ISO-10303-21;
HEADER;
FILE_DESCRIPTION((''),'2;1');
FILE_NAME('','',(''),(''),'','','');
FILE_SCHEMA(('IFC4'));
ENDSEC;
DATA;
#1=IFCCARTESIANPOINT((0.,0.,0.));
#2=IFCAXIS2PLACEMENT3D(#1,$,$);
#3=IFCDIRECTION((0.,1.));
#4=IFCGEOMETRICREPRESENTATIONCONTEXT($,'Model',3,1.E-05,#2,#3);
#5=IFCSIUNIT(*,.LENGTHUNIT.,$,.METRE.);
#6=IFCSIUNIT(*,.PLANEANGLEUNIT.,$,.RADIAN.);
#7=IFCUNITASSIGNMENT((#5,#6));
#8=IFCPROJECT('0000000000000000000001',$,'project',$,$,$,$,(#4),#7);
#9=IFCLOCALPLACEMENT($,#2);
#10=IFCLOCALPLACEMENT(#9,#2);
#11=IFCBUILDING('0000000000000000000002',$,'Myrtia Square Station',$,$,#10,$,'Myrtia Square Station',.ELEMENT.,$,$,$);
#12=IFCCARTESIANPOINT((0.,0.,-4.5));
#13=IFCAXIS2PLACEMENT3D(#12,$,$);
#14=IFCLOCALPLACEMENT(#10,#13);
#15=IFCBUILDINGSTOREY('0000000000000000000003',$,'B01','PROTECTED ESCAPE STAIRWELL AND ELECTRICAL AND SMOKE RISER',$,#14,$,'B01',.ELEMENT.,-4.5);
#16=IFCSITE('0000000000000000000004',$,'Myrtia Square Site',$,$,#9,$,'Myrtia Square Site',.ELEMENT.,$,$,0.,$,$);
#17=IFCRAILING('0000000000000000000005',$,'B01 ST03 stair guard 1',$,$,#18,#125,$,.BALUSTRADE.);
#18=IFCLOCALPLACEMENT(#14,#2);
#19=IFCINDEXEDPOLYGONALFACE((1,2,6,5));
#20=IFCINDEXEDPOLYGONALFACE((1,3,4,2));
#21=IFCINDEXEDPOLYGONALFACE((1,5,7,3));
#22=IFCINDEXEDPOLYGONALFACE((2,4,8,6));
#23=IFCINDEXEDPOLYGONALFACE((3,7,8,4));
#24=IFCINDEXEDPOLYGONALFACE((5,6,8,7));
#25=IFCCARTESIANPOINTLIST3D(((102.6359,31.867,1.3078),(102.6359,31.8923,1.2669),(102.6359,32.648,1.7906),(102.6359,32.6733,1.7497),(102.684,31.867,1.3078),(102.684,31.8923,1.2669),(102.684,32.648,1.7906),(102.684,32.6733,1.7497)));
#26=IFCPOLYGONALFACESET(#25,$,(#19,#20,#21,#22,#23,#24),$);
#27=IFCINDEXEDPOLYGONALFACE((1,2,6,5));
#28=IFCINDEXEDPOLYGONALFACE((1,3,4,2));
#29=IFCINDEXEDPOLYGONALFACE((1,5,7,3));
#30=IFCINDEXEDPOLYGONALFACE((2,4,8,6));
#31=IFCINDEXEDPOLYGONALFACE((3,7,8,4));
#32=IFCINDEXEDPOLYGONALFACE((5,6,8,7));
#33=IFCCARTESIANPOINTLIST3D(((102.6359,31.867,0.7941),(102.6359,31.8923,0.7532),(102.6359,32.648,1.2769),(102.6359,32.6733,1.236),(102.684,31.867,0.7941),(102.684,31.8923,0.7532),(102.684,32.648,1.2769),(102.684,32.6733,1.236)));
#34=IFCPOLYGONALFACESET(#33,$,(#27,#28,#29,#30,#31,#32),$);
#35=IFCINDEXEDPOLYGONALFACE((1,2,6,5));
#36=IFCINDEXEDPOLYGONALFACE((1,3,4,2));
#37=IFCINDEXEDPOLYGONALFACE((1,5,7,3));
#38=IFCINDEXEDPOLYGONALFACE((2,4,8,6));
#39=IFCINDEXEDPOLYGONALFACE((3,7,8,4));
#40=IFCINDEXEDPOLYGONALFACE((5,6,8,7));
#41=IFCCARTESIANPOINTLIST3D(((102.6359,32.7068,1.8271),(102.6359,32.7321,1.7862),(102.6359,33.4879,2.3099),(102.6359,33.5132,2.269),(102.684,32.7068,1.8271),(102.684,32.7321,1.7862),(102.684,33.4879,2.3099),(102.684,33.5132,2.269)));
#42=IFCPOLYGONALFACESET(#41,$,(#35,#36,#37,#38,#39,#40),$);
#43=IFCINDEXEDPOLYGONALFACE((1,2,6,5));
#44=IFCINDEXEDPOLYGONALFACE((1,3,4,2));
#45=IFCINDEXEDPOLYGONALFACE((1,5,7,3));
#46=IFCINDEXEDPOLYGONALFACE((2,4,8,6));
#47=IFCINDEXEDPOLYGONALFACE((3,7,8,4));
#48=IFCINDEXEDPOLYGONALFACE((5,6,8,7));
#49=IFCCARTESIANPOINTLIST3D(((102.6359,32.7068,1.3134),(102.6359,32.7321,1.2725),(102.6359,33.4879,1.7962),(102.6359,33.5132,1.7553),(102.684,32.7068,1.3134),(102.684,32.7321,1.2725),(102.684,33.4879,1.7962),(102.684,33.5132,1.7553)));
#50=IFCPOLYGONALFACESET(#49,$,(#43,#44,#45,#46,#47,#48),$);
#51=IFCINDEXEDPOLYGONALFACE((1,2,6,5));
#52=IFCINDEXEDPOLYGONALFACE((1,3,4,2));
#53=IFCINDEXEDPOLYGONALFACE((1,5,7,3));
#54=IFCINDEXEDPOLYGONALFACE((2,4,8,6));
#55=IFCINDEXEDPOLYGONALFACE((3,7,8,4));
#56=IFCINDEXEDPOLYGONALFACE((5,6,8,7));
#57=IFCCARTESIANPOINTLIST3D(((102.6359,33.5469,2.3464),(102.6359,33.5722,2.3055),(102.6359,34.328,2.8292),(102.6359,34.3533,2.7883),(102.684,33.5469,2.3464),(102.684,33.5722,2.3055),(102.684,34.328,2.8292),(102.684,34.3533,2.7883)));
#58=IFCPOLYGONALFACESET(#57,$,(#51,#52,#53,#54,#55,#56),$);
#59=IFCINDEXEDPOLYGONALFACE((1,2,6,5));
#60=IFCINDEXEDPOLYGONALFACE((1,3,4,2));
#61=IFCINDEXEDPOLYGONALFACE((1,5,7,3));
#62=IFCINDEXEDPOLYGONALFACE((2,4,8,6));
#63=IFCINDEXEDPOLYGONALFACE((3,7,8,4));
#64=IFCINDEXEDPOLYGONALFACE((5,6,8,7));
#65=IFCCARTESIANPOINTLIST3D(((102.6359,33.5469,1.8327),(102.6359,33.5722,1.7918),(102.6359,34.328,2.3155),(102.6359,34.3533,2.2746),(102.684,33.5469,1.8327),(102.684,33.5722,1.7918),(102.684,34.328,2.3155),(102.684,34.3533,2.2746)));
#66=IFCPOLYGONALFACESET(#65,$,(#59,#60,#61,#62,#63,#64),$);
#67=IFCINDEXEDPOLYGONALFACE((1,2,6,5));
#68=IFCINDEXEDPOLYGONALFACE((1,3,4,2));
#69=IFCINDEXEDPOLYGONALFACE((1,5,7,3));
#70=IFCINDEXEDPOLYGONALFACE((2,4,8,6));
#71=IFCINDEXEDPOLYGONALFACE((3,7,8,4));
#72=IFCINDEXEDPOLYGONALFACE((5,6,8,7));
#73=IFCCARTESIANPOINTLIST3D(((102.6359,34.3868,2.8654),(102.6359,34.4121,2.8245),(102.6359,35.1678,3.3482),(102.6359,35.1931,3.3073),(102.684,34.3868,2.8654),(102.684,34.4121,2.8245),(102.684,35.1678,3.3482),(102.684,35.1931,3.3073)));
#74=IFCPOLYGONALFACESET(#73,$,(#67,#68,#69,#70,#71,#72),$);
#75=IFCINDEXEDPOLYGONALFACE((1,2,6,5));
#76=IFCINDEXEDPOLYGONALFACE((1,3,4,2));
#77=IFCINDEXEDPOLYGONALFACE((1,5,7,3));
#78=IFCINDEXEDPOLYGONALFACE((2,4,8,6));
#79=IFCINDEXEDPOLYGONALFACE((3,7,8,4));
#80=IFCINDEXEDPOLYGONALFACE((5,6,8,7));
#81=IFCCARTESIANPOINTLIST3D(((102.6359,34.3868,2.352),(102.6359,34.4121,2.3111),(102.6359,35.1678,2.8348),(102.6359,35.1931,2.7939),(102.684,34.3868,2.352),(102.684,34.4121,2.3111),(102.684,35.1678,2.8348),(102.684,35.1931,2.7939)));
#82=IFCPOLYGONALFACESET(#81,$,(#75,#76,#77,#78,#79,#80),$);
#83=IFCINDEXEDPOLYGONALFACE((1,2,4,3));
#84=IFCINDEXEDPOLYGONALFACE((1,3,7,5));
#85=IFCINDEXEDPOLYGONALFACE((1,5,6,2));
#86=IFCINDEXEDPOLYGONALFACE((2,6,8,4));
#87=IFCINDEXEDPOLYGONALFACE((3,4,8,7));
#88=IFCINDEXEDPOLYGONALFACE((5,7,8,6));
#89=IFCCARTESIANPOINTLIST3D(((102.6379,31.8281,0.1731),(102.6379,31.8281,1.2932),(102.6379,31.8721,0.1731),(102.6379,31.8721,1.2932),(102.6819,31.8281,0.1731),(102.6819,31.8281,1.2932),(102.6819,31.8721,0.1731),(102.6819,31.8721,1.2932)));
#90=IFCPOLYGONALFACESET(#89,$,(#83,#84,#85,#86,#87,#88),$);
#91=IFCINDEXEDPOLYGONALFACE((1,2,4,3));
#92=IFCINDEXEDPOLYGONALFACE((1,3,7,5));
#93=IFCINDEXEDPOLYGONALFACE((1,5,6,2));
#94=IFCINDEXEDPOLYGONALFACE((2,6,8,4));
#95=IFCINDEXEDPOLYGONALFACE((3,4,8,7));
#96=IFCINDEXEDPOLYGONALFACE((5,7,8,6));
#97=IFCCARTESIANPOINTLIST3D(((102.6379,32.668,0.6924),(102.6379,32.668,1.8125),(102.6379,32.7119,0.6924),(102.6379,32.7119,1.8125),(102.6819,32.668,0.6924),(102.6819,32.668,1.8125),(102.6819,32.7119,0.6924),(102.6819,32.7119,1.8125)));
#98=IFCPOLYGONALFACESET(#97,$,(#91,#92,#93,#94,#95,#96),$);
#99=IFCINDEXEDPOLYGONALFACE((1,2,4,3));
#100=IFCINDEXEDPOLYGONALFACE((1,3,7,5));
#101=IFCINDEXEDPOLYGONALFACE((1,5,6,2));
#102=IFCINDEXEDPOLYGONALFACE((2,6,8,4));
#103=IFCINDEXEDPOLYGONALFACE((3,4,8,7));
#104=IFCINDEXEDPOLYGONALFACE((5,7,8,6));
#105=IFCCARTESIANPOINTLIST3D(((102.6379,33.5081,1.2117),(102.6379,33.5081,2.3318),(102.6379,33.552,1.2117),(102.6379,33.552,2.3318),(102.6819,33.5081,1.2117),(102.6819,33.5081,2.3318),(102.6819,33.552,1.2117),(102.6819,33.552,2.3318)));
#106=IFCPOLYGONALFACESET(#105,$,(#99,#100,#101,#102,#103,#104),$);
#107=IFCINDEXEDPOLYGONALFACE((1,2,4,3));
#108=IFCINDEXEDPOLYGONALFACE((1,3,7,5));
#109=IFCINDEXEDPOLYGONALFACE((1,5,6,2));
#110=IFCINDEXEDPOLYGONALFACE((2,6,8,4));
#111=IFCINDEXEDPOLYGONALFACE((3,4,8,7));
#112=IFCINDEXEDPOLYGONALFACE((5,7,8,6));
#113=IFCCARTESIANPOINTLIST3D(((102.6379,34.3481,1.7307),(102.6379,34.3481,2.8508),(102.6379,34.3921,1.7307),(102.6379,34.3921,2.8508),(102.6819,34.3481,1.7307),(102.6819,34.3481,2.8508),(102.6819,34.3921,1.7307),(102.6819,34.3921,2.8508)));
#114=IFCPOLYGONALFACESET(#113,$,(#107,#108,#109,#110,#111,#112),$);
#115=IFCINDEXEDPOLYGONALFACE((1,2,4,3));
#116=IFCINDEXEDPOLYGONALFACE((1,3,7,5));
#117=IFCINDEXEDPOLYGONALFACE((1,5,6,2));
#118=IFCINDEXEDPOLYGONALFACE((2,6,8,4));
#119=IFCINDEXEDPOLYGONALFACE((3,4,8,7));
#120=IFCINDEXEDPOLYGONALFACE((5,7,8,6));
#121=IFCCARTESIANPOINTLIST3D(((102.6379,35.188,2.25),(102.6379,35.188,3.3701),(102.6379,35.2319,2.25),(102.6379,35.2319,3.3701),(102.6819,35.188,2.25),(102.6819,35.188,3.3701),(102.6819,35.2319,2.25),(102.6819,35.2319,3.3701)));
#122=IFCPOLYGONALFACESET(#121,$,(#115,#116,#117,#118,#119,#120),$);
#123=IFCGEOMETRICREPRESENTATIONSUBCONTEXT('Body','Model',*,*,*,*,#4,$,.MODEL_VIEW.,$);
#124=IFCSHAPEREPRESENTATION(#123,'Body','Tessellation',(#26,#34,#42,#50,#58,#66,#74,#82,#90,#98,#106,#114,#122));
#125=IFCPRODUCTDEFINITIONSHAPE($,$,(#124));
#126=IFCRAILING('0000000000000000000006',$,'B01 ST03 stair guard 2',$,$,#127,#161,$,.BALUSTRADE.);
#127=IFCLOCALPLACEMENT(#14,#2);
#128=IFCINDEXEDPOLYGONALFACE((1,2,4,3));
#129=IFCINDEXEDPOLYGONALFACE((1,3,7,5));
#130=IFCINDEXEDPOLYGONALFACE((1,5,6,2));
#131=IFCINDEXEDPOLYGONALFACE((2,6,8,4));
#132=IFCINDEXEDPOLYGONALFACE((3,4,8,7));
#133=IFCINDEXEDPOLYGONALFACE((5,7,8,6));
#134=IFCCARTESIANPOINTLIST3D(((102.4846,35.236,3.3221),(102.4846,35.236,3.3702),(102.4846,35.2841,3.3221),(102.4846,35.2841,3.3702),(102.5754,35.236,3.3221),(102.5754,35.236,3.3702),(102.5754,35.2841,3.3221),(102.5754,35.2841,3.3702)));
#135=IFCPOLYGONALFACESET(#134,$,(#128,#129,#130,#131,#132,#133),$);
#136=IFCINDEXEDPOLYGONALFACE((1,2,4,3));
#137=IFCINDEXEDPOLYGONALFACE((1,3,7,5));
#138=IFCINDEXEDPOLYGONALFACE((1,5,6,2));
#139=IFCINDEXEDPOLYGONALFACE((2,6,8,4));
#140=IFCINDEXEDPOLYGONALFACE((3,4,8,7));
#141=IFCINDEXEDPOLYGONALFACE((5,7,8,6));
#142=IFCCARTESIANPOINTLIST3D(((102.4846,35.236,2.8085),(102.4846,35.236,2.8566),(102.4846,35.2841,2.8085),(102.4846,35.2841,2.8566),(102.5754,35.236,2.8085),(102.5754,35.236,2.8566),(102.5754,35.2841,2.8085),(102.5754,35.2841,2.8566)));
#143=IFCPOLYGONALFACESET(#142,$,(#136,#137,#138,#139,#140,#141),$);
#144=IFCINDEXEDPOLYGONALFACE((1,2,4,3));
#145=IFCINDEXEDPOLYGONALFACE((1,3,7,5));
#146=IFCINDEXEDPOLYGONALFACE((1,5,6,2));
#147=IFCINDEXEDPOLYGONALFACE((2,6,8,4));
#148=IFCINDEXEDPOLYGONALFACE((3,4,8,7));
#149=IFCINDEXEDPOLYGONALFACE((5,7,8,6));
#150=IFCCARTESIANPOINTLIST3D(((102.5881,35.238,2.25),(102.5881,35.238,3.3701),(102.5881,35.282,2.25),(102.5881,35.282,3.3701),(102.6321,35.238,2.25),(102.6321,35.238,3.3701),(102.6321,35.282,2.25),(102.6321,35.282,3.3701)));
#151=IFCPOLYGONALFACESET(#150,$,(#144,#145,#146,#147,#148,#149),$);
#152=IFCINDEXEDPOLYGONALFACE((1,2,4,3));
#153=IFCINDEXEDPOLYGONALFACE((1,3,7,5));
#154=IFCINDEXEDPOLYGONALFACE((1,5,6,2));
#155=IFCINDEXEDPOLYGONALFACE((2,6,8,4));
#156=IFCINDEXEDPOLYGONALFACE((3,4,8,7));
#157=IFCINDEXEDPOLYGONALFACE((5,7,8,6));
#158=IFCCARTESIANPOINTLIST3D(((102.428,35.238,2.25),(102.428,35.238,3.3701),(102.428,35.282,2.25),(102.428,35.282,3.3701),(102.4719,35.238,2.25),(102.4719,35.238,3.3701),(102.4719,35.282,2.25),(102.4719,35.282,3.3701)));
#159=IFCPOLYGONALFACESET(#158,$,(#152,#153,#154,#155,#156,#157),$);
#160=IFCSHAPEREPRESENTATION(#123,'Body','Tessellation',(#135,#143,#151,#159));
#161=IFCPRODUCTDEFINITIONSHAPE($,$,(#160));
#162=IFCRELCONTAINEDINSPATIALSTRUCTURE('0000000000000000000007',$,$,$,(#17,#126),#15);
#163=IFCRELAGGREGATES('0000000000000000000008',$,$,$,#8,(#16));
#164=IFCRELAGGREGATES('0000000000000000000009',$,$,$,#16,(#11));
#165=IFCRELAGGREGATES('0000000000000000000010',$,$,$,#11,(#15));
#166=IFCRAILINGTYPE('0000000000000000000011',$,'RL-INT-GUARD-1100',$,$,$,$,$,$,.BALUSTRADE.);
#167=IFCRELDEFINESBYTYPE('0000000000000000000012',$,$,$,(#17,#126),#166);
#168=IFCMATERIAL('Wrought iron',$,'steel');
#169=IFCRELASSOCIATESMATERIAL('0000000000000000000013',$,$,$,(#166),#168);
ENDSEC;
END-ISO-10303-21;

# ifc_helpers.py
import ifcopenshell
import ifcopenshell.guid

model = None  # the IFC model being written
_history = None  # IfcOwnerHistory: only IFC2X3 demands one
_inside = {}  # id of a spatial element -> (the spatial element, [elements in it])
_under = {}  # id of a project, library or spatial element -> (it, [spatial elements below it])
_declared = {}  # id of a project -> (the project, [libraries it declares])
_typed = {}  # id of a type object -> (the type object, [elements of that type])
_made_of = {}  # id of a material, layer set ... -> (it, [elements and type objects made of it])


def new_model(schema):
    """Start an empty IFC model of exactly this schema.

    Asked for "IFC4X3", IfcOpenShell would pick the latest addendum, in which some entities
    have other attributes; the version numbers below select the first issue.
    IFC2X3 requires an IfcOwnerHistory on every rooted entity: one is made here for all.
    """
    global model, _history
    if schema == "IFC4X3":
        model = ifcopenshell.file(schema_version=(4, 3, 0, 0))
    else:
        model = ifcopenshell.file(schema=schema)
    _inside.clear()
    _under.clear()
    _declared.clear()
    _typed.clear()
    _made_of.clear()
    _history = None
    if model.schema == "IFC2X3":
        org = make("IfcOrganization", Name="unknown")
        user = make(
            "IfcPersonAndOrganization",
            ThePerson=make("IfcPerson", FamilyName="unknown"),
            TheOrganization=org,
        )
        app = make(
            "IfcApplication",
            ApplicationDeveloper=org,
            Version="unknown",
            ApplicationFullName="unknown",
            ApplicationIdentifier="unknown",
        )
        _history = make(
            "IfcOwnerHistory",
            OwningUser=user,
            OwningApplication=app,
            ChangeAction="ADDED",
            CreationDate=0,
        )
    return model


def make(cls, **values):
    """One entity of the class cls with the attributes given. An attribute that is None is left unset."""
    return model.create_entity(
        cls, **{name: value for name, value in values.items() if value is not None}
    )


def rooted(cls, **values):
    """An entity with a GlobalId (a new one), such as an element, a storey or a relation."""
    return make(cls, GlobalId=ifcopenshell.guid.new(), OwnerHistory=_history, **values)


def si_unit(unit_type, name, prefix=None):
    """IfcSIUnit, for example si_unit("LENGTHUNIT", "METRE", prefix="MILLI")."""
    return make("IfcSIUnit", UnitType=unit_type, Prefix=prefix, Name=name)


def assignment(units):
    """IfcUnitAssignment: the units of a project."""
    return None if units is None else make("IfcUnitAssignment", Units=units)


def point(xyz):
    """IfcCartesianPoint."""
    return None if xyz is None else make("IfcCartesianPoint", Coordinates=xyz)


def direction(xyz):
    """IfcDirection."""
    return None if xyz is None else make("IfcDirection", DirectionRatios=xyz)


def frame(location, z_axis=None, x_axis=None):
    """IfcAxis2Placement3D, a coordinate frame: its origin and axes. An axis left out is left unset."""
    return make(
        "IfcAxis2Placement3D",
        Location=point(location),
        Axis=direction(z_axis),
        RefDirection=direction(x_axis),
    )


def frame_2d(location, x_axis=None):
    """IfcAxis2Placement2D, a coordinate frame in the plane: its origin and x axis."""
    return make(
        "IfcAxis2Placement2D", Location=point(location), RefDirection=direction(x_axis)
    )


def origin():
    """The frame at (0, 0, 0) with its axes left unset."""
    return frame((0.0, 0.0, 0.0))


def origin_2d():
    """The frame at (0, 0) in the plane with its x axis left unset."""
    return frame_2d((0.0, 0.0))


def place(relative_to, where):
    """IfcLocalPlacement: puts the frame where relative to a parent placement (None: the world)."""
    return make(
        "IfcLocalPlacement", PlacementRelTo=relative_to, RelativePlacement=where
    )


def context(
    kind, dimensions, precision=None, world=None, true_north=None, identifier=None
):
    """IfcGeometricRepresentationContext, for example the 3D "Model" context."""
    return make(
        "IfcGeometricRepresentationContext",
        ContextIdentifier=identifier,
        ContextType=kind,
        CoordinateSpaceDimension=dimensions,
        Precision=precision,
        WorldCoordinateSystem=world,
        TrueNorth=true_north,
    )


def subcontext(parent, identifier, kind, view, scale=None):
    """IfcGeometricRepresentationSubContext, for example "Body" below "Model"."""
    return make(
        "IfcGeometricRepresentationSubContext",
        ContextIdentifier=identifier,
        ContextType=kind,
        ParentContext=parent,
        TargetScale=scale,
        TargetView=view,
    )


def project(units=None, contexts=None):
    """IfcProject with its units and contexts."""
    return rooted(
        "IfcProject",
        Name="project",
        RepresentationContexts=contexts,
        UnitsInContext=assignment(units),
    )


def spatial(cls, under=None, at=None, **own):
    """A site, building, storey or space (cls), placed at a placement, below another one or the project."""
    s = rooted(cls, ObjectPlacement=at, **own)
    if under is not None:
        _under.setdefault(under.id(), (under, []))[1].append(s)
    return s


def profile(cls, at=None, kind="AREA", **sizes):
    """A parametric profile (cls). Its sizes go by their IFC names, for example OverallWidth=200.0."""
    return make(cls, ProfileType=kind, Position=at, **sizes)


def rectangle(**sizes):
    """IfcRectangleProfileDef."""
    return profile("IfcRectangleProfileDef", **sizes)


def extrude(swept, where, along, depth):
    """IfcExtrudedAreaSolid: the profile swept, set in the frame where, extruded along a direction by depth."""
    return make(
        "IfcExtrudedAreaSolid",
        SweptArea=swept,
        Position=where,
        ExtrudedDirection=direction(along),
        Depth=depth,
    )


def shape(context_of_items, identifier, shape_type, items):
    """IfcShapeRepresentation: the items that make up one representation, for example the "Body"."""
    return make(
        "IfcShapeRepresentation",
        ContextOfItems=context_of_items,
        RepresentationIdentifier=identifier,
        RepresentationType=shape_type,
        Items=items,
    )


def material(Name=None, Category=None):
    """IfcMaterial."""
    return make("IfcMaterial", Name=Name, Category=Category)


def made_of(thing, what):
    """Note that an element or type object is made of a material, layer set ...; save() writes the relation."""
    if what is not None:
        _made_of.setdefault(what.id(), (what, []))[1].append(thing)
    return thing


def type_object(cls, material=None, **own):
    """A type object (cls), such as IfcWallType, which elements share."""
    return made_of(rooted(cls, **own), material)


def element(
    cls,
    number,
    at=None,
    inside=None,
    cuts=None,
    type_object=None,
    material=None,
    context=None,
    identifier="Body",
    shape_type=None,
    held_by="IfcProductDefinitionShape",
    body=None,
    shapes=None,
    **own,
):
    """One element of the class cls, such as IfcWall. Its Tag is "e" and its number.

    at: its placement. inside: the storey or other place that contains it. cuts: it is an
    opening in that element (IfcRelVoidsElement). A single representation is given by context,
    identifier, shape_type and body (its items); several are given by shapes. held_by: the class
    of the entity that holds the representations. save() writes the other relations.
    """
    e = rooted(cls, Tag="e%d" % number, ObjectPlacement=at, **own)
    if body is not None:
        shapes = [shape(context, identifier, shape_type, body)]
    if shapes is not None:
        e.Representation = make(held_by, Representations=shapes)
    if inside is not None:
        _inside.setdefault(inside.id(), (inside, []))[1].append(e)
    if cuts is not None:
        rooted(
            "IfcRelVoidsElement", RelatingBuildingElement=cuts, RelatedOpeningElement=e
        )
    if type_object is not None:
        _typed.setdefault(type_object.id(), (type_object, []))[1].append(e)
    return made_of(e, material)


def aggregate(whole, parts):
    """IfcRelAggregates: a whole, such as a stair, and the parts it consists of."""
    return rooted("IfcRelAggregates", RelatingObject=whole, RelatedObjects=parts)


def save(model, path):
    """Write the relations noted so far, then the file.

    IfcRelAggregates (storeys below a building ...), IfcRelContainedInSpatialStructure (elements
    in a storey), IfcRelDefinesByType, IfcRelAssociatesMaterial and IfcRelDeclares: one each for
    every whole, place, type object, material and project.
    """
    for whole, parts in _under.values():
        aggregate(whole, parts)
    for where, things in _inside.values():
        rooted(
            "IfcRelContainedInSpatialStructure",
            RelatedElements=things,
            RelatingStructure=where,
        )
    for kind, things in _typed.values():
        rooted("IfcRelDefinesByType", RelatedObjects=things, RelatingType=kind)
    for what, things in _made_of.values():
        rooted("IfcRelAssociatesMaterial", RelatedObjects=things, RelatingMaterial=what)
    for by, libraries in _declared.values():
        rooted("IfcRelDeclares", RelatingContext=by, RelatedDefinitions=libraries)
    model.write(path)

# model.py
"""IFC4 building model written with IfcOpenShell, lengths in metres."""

from ifc_helpers import new_model, si_unit, direction, frame, origin, origin_2d, place, context, subcontext, project, spatial, rectangle, extrude, material, type_object, element, save


model = new_model("IFC4")

# Units and contexts
model_context = context("Model", 3, precision=1e-05, world=origin(), true_north=direction((0.0, 1.0)))
body_context = subcontext(model_context, "Body", "Model", "MODEL_VIEW")
ifc_project = project(units=[si_unit("LENGTHUNIT", "METRE"), si_unit("PLANEANGLEUNIT", "RADIAN")], contexts=[model_context])

# Site, building, storey
site_placement = place(None, origin())
site = spatial("IfcSite", under=ifc_project, at=site_placement, Name="Myrtia Square Site", LongName="Myrtia Square Site", CompositionType="ELEMENT", RefElevation=0.0)
building_placement = place(site_placement, origin())
building = spatial("IfcBuilding", under=site, at=building_placement, Name="Myrtia Square Station", LongName="Myrtia Square Station", CompositionType="ELEMENT")
storey_placement = place(building_placement, frame((0.0, 0.0, -4.5)))
storey = spatial("IfcBuildingStorey", under=building, at=storey_placement, Name="B01", Description="PROTECTED ESCAPE STAIRWELL AND ELECTRICAL AND SMOKE RISER", LongName="B01", CompositionType="ELEMENT", Elevation=-4.5)

# Railings
ifc_material_1 = material(Name="Wrought iron", Category="steel")
railing_type_1 = type_object("IfcRailingType", Name="RL-INT-GUARD-1100", PredefinedType="BALUSTRADE", material=ifc_material_1)
railing_1_placement = place(storey_placement, frame((102.6599, 31.8501, 0.1731)))
element("IfcRailing", 1, at=railing_1_placement, inside=storey, type_object=railing_type_1, Name="B01 ST03 stair guard 1", PredefinedType="BALUSTRADE", context=body_context, shape_type="SweptSolid", body=[
    extrude(rectangle(XDim=0.0481, YDim=0.0481, at=origin_2d()), frame((0.0, 0.0295, 1.1143), z_axis=(0.0, 0.850606, 0.525803), x_axis=(-1.0, 0.0, 0.0)), (0.0, 0.0, 1.0), 0.9182),
    extrude(rectangle(XDim=0.0481, YDim=0.0481, at=origin_2d()), frame((0.0, 0.0295, 0.6006), z_axis=(0.0, 0.850606, 0.525803), x_axis=(-1.0, 0.0, 0.0)), (0.0, 0.0, 1.0), 0.9182),
    extrude(rectangle(XDim=0.0481, YDim=0.0481, at=origin_2d()), frame((0.0, 0.8694, 1.6335), z_axis=(0.0, 0.850606, 0.525803), x_axis=(-1.0, 0.0, 0.0)), (0.0, 0.0, 1.0), 0.9182),
    extrude(rectangle(XDim=0.0481, YDim=0.0481, at=origin_2d()), frame((0.0, 0.8694, 1.1199), z_axis=(0.0, 0.850606, 0.525803), x_axis=(-1.0, 0.0, 0.0)), (0.0, 0.0, 1.0), 0.9182),
    extrude(rectangle(XDim=0.0481, YDim=0.0481, at=origin_2d()), frame((0.0, 1.7095, 2.1528), z_axis=(0.0, 0.850606, 0.525803), x_axis=(-1.0, 0.0, 0.0)), (0.0, 0.0, 1.0), 0.9182),
    extrude(rectangle(XDim=0.0481, YDim=0.0481, at=origin_2d()), frame((0.0, 1.7095, 1.6392), z_axis=(0.0, 0.850606, 0.525803), x_axis=(-1.0, 0.0, 0.0)), (0.0, 0.0, 1.0), 0.9182),
    extrude(rectangle(XDim=0.0481, YDim=0.0481, at=origin_2d()), frame((0.0, 2.5493, 2.6719), z_axis=(0.0, 0.850606, 0.525803), x_axis=(-1.0, 0.0, 0.0)), (0.0, 0.0, 1.0), 0.9182),
    extrude(rectangle(XDim=0.0481, YDim=0.0481, at=origin_2d()), frame((0.0, 2.5493, 2.1584), z_axis=(0.0, 0.850606, 0.525803), x_axis=(-1.0, 0.0, 0.0)), (0.0, 0.0, 1.0), 0.9182),
    extrude(rectangle(XDim=0.0439, YDim=0.0439, at=origin_2d()), origin(), (0.0, 0.0, 1.0), 1.1201),
    extrude(rectangle(XDim=0.0439, YDim=0.0439, at=origin_2d()), frame((0.0, 0.8398, 0.5193)), (0.0, 0.0, 1.0), 1.1201),
    extrude(rectangle(XDim=0.0439, YDim=0.0439, at=origin_2d()), frame((0.0, 1.6799, 1.0386)), (0.0, 0.0, 1.0), 1.1201),
    extrude(rectangle(XDim=0.0439, YDim=0.0439, at=origin_2d()), frame((0.0, 2.52, 1.5576)), (0.0, 0.0, 1.0), 1.1201),
    extrude(rectangle(XDim=0.0439, YDim=0.0439, at=origin_2d()), frame((0.0, 3.3599, 2.0769)), (0.0, 0.0, 1.0), 1.1201),
])
railing_2_placement = place(storey_placement, frame((102.6101, 35.26, 2.25)))
element("IfcRailing", 2, at=railing_2_placement, inside=storey, type_object=railing_type_1, Name="B01 ST03 stair guard 2", PredefinedType="BALUSTRADE", context=body_context, shape_type="SweptSolid", body=[
    extrude(rectangle(XDim=0.0481, YDim=0.0481, at=origin_2d()), frame((-0.0347, 0.0, 1.0962), z_axis=(-1.0, 0.0, 0.0), x_axis=(0.0, -1.0, 0.0)), (0.0, 0.0, 1.0), 0.0908),
    extrude(rectangle(XDim=0.0481, YDim=0.0481, at=origin_2d()), frame((-0.0347, 0.0, 0.5825), z_axis=(-1.0, 0.0, 0.0), x_axis=(0.0, -1.0, 0.0)), (0.0, 0.0, 1.0), 0.0908),
    extrude(rectangle(XDim=0.0439, YDim=0.0439, at=origin_2d()), origin(), (0.0, 0.0, 1.0), 1.1201),
    extrude(rectangle(XDim=0.0439, YDim=0.0439, at=origin_2d()), frame((-0.1602, 0.0, 0.0)), (0.0, 0.0, 1.0), 1.1201),
])

save(model, "model.ifc")
